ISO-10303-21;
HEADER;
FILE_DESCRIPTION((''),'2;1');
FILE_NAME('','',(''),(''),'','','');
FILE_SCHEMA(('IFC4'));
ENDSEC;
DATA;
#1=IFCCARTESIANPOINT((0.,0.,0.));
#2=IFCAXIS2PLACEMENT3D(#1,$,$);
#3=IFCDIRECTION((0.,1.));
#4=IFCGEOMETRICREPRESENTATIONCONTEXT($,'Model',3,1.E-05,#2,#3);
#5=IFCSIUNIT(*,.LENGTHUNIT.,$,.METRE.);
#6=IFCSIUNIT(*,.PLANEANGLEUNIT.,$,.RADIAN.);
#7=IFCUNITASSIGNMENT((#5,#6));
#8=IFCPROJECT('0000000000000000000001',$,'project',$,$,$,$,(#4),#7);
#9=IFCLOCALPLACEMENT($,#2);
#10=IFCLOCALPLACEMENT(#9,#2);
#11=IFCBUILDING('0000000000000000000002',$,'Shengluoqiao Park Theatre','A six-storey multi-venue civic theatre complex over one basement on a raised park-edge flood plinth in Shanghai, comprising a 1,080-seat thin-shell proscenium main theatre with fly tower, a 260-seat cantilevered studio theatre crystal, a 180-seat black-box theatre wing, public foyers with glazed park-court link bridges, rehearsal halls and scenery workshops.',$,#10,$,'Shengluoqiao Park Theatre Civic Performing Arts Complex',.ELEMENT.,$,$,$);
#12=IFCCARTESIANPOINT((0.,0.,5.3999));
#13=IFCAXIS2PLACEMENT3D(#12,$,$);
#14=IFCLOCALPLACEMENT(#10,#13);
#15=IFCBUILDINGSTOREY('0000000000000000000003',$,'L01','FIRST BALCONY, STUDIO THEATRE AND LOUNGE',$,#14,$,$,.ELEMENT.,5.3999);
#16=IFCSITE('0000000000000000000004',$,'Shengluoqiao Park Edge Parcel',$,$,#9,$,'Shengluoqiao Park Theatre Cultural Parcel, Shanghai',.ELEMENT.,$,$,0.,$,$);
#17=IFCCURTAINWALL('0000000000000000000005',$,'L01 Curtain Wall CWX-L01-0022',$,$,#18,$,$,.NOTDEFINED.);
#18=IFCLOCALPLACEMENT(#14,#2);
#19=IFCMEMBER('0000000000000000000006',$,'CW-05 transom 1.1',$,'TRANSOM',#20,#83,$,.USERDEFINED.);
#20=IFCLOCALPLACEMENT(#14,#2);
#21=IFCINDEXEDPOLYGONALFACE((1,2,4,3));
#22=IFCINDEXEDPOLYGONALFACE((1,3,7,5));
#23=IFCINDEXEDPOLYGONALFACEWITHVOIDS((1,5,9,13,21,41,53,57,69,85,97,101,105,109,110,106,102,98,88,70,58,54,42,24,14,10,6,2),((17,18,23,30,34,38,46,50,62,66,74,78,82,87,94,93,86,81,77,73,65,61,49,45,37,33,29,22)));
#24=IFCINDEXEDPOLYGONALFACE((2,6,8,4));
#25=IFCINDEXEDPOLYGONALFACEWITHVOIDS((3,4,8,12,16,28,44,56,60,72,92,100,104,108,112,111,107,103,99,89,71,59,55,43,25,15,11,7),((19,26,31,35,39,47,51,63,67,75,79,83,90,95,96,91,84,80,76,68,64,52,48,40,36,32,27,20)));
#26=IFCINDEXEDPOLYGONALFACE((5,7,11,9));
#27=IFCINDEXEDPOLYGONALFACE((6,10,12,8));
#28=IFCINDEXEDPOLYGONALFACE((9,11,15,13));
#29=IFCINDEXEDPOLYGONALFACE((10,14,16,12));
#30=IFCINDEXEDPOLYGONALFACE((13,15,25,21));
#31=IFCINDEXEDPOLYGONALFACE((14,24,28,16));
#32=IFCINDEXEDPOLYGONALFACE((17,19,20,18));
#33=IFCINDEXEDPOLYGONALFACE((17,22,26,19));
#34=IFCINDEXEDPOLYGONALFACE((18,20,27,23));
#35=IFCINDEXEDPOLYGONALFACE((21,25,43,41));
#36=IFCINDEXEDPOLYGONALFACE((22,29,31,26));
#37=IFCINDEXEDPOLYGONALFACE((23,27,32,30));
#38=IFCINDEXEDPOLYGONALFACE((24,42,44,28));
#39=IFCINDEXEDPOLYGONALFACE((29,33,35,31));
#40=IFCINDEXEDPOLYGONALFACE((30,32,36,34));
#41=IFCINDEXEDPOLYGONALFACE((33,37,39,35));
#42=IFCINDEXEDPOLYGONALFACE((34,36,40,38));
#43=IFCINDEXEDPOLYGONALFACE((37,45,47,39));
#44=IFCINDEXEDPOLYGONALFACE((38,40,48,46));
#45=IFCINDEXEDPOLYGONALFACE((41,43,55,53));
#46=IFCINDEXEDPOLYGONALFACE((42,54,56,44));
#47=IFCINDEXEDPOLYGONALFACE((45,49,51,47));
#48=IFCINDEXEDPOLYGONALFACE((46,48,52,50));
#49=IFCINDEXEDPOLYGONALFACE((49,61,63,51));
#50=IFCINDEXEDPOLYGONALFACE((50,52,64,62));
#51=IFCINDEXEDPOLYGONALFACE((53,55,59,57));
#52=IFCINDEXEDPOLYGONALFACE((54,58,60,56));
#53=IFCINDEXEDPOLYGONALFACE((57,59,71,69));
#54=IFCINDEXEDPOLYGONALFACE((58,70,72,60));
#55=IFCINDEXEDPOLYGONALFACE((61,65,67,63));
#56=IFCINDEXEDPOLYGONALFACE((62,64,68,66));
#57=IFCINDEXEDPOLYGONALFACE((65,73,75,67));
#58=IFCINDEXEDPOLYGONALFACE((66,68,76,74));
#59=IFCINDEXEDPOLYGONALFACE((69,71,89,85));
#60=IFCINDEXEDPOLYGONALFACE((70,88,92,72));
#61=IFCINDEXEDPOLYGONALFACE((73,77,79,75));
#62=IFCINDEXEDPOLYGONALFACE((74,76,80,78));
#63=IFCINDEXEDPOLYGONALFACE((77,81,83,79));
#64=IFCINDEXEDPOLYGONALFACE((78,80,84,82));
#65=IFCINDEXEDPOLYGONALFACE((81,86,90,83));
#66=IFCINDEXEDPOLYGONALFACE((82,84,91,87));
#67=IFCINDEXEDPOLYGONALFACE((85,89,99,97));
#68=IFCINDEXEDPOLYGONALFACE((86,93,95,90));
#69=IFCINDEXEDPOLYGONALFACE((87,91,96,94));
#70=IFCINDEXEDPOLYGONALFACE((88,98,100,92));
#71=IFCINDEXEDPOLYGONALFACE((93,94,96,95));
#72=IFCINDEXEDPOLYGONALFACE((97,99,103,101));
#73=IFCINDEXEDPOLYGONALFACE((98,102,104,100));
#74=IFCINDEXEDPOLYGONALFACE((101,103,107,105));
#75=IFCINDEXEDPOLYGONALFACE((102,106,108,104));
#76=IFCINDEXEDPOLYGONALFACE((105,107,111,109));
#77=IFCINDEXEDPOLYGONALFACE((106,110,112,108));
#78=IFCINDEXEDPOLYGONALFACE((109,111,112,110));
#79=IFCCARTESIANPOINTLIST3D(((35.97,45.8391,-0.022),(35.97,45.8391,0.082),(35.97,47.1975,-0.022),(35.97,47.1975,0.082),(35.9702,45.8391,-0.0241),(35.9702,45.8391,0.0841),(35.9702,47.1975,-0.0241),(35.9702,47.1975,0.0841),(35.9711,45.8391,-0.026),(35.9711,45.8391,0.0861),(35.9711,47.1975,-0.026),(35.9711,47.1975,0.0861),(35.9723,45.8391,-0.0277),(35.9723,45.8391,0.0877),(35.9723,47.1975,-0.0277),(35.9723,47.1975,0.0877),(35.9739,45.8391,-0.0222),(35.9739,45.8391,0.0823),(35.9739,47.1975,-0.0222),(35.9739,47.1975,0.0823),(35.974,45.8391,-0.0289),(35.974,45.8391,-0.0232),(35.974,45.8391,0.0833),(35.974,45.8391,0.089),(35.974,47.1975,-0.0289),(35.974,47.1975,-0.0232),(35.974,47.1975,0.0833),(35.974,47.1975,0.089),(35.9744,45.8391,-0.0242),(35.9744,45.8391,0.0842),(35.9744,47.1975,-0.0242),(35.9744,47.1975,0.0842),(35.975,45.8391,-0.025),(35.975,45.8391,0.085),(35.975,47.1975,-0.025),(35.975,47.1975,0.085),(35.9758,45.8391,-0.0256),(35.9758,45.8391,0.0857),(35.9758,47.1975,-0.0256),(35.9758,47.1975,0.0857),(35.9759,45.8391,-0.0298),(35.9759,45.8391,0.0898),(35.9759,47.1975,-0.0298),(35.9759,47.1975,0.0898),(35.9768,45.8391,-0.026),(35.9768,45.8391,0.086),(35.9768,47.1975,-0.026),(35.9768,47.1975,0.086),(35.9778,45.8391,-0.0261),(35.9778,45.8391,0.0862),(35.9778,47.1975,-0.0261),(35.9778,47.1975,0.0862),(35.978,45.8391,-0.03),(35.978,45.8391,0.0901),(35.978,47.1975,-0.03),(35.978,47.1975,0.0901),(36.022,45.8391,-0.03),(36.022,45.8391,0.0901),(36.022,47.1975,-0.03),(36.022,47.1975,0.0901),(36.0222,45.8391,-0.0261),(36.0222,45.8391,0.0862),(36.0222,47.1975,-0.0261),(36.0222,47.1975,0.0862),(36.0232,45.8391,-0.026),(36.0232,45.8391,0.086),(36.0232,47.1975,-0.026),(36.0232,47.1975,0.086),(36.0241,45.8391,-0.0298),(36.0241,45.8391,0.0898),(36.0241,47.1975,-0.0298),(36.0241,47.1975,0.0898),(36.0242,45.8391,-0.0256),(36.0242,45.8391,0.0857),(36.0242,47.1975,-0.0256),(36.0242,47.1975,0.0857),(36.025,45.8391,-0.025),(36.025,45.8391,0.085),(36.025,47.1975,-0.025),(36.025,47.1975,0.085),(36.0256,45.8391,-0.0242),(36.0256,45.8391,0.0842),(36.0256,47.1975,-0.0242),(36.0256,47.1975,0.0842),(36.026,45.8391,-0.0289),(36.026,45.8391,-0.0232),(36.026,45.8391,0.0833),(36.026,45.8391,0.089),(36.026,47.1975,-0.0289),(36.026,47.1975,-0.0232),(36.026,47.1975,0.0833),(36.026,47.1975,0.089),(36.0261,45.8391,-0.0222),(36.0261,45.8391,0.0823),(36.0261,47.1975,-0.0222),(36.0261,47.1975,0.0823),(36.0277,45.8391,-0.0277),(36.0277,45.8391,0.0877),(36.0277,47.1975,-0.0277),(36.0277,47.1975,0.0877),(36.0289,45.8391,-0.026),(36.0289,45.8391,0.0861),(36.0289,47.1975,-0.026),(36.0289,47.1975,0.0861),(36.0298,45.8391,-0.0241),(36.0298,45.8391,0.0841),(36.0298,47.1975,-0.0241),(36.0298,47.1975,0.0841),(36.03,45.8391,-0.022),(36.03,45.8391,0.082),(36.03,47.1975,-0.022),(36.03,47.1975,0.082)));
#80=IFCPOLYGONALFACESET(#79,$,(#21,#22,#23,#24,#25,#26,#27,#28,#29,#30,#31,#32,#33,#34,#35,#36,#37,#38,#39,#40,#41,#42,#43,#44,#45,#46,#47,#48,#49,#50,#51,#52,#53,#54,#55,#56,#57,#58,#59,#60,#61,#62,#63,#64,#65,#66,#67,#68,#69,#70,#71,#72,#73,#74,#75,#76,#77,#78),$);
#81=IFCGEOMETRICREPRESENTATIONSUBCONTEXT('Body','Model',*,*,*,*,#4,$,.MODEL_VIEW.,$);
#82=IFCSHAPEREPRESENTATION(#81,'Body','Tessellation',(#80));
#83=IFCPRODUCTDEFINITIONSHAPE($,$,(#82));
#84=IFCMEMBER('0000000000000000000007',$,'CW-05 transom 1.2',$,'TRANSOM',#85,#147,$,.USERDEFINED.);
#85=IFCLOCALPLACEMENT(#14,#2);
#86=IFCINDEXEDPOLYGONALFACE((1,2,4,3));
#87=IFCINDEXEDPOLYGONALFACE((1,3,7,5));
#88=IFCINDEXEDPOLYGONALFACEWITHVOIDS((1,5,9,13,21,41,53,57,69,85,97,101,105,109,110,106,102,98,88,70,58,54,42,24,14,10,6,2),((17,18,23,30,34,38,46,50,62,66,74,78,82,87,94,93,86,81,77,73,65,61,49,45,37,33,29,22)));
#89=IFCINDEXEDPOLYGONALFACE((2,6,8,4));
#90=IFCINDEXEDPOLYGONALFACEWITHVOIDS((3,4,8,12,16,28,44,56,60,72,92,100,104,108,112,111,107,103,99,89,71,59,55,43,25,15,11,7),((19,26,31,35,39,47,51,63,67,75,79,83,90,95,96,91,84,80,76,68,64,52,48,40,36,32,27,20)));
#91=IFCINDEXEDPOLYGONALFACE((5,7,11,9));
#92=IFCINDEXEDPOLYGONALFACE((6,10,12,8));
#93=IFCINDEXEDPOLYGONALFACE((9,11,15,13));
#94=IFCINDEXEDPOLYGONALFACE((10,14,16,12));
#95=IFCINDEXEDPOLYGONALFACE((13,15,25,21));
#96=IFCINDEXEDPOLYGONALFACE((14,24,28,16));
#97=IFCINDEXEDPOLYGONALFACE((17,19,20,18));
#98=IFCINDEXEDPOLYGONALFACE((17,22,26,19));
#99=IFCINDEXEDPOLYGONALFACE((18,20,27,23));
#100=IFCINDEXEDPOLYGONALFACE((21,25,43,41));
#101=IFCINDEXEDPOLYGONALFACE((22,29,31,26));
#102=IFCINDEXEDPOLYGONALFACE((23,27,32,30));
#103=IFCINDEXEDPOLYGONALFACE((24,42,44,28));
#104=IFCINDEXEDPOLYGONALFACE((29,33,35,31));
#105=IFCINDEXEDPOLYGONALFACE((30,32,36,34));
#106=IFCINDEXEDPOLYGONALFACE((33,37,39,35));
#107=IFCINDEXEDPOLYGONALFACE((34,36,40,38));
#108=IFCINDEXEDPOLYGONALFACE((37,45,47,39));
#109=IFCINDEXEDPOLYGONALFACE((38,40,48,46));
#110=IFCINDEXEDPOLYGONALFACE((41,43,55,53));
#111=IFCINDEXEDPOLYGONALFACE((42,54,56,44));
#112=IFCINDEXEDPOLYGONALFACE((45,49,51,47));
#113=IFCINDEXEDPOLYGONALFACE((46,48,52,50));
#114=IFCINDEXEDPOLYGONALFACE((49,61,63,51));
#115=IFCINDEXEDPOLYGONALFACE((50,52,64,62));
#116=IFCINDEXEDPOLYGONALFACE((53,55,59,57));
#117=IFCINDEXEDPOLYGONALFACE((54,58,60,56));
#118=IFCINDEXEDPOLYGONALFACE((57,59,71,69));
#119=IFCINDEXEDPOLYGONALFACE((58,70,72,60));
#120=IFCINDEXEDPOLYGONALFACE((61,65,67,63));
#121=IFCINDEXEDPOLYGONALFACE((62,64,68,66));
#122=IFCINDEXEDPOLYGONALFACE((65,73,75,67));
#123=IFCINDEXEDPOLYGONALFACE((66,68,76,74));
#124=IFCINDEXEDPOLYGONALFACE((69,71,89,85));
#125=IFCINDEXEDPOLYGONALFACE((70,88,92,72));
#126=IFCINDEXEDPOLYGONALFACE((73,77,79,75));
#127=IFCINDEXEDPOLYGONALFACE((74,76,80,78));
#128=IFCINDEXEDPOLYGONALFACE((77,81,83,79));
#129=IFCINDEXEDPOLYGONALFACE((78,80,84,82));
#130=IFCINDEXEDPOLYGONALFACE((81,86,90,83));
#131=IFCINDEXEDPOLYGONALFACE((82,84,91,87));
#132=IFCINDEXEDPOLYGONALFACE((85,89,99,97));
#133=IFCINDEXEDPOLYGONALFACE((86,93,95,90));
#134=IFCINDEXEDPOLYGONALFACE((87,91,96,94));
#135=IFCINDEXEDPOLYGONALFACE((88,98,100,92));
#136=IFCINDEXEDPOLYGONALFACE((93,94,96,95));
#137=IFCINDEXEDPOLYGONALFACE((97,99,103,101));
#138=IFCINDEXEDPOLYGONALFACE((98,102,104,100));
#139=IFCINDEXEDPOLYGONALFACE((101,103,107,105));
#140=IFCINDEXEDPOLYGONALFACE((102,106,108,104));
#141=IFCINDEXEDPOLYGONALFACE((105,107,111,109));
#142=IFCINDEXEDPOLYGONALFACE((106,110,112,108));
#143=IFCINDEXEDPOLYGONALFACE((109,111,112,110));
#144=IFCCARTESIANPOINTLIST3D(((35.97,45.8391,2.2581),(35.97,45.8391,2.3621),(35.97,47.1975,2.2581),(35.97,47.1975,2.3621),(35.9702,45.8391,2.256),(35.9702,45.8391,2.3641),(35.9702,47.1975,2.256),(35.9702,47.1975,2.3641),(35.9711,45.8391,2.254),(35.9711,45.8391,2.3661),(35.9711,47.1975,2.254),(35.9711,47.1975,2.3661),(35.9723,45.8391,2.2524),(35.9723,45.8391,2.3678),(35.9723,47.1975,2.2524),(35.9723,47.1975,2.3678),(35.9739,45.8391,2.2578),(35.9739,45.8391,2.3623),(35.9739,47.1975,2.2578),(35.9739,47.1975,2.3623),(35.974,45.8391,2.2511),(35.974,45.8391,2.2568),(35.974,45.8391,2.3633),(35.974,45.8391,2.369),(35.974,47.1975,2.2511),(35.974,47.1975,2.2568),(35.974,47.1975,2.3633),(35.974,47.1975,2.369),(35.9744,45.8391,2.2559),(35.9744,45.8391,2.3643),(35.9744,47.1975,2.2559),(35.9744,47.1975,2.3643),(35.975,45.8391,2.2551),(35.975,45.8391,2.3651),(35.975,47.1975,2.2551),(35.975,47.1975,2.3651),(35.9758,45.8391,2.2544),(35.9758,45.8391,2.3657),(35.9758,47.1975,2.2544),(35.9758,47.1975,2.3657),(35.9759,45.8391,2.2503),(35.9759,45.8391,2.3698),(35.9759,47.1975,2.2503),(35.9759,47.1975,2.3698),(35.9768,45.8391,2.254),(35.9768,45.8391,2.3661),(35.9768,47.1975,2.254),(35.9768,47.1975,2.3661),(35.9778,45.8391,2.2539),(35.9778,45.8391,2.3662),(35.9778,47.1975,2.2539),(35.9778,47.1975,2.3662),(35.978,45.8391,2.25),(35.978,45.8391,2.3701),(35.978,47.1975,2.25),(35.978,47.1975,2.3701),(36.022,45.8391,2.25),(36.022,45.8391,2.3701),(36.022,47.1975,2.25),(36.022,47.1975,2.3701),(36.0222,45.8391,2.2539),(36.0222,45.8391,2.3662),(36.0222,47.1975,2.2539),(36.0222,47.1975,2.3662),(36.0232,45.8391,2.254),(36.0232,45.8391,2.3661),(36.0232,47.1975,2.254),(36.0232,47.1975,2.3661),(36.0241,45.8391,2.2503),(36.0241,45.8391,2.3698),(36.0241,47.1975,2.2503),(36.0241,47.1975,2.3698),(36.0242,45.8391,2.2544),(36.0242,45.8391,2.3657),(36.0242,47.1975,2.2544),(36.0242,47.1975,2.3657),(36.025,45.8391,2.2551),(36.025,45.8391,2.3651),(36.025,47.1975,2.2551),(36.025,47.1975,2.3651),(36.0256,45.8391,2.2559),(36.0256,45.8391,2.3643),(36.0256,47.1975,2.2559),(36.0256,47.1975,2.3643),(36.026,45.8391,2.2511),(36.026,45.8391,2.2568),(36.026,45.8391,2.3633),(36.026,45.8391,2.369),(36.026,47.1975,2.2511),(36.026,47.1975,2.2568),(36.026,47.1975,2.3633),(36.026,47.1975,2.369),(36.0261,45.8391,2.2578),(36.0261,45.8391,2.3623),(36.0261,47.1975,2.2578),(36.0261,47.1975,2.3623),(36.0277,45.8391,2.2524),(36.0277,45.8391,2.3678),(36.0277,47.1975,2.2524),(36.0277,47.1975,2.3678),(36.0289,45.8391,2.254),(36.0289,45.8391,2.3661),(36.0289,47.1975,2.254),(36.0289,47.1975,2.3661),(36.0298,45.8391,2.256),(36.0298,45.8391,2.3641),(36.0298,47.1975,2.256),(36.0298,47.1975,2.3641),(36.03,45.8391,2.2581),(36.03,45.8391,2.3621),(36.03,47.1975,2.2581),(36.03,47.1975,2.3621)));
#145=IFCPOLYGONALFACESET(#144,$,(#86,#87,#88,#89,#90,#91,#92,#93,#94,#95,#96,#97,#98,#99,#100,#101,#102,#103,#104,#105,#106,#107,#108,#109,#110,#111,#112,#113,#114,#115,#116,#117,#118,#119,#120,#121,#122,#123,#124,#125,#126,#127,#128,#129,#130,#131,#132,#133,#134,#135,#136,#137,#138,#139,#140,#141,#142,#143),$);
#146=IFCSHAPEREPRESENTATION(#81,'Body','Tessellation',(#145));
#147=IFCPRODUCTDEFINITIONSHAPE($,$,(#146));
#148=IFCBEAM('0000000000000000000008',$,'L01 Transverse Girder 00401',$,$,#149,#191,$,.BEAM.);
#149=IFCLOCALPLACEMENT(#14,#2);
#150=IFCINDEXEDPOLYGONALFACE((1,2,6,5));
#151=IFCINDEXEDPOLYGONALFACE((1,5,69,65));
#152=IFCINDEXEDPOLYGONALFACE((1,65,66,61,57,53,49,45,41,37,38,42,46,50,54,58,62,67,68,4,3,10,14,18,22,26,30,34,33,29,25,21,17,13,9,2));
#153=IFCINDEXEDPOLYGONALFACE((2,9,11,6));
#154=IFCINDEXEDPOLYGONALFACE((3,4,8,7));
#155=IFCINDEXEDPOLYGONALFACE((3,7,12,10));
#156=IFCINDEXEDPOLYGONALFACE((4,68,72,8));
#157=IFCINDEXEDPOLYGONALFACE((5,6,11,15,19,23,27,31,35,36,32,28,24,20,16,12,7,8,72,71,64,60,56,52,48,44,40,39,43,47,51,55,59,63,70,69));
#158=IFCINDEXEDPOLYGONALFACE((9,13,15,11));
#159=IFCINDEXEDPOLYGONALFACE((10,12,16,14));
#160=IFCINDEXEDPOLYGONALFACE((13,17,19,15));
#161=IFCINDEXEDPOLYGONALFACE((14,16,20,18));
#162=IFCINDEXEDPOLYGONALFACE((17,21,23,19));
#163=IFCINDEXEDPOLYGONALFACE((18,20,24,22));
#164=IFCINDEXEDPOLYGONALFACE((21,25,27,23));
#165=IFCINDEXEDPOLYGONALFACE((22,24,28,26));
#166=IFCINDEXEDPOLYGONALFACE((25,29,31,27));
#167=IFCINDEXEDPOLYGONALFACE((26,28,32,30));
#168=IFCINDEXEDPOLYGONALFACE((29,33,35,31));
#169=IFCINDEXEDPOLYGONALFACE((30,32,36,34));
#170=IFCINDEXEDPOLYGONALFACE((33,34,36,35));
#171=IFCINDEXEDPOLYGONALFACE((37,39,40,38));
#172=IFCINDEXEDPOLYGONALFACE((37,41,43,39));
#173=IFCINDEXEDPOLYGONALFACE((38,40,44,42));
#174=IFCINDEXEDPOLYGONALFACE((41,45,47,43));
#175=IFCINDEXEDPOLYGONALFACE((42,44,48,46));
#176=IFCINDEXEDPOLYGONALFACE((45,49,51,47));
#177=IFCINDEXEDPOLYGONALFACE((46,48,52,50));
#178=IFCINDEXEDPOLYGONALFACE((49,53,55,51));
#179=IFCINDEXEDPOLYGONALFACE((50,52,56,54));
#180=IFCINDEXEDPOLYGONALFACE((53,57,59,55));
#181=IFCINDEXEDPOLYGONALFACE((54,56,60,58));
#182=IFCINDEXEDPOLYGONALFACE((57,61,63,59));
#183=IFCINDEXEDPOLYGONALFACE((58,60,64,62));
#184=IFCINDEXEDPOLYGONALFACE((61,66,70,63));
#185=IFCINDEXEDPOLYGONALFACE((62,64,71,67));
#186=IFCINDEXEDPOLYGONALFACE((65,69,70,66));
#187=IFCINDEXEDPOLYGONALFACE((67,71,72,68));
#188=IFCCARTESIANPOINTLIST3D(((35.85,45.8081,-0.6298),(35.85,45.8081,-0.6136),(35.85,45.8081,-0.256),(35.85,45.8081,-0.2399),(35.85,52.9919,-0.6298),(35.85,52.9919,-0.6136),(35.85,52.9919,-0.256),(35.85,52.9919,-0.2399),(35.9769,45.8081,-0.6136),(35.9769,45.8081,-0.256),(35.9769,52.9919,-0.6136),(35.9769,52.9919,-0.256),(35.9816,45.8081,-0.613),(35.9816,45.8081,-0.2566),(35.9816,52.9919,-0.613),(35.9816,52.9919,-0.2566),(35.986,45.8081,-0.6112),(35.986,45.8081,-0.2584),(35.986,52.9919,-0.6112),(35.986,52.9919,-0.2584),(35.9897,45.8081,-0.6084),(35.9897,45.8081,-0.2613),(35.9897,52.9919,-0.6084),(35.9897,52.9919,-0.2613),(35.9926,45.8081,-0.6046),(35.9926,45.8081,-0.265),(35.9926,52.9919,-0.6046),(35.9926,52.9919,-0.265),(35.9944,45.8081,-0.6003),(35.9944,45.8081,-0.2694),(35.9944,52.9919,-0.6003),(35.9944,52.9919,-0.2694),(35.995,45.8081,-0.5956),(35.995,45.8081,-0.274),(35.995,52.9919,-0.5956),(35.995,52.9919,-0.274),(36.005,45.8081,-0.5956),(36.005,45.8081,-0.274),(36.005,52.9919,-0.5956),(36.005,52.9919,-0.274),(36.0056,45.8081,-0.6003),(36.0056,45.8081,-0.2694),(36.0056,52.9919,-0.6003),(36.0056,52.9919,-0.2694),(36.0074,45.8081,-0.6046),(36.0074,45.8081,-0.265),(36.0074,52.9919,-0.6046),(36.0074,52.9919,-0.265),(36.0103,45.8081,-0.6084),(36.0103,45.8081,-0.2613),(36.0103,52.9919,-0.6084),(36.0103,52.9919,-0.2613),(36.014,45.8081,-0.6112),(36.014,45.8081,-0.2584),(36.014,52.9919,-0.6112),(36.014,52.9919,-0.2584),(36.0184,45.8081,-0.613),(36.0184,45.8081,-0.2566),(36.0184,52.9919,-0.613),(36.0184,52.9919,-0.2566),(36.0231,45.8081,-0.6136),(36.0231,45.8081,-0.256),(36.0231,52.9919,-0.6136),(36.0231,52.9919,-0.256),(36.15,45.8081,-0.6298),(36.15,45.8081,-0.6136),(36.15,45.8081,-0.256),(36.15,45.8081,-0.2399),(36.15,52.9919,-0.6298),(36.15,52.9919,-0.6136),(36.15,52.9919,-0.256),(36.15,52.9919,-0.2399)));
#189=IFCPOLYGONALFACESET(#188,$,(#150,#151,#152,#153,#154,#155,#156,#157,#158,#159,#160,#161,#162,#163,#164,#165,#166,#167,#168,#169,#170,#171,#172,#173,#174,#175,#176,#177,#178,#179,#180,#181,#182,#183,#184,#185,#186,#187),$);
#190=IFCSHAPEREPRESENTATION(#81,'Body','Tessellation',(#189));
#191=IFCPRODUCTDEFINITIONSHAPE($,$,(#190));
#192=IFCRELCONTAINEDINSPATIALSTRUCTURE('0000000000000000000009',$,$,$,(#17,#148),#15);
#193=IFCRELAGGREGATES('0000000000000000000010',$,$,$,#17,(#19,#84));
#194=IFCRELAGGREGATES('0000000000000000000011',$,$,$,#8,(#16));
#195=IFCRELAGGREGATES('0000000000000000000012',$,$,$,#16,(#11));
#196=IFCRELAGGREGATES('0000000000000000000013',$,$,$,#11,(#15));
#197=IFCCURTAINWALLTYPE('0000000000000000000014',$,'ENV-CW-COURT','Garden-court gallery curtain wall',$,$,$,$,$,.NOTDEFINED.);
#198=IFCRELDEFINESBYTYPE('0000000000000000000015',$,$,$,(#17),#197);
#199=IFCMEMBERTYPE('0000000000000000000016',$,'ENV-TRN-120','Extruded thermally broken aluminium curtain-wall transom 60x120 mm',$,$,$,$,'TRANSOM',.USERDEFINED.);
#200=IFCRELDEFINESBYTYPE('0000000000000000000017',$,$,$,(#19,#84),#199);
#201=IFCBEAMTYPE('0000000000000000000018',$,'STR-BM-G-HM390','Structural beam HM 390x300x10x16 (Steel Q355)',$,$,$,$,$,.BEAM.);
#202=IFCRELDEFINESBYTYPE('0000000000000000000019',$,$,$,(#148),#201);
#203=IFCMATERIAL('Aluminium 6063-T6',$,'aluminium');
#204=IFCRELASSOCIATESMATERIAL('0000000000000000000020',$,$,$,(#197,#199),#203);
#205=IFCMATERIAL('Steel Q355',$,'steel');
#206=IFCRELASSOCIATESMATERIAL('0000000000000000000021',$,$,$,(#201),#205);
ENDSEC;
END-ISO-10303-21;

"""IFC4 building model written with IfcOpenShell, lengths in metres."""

from ifc_helpers import new_model, si_unit, direction, frame, origin, origin_2d, place, context, subcontext, project, spatial, hollow_rectangle, i_section, extrude, material, material_profile, profile_set, type_object, element, aggregate, save


model = new_model("IFC4")

# Units and contexts
model_context = context("Model", 3, precision=1e-05, world=origin(), true_north=direction((0.0, 1.0)))
body_context = subcontext(model_context, "Body", "Model", "MODEL_VIEW")
ifc_project = project(units=[si_unit("LENGTHUNIT", "METRE"), si_unit("PLANEANGLEUNIT", "RADIAN")], contexts=[model_context])

# Site, building, storey
site_placement = place(None, origin())
site = spatial("IfcSite", under=ifc_project, at=site_placement, Name="Shengluoqiao Park Edge Parcel", LongName="Shengluoqiao Park Theatre Cultural Parcel, Shanghai", CompositionType="ELEMENT", RefElevation=0.0)
building_placement = place(site_placement, origin())
building = spatial("IfcBuilding", under=site, at=building_placement, Name="Shengluoqiao Park Theatre", Description="A six-storey multi-venue civic theatre complex over one basement on a raised park-edge flood plinth in Shanghai, comprising a 1,080-seat thin-shell proscenium main theatre with fly tower, a 260-seat cantilevered studio theatre crystal, a 180-seat black-box theatre wing, public foyers with glazed park-court link bridges, rehearsal halls and scenery workshops.", LongName="Shengluoqiao Park Theatre Civic Performing Arts Complex", CompositionType="ELEMENT")
storey_placement = place(building_placement, frame((0.0, 0.0, 5.3999)))
storey = spatial("IfcBuildingStorey", under=building, at=storey_placement, Name="L01", Description="FIRST BALCONY, STUDIO THEATRE AND LOUNGE", CompositionType="ELEMENT", Elevation=5.3999)

# Shared definitions
ifc_material_1 = material(Name="Steel Q355", Category="steel")

# Shared definitions
ifc_material_2 = material(Name="Aluminium 6063-T6", Category="aluminium")
curtain_wall_type = type_object("IfcCurtainWallType", Name="ENV-CW-COURT", Description="Garden-court gallery curtain wall", PredefinedType="NOTDEFINED", material=ifc_material_2)

# Curtain wall
curtain_wall_1_placement = place(storey_placement, origin())
curtain_wall_1 = element("IfcCurtainWall", 1, at=curtain_wall_1_placement, inside=storey, type_object=curtain_wall_type, Name="L01 Curtain Wall CWX-L01-0022", PredefinedType="NOTDEFINED")

# Members
ifc_material_profile_1 = material_profile(ifc_material_2, hollow_rectangle(XDim=0.0601, YDim=0.1201, WallThickness=0.0039, InnerFilletRadius=0.0039, OuterFilletRadius=0.0081, at=origin_2d()), Name="ALU TRANSOM 120x60x4")
ifc_profile_set_1 = profile_set([ifc_material_profile_1], Name="Aluminium 6063-T6")
member_type_1 = type_object("IfcMemberType", Name="ENV-TRN-120", Description="Extruded thermally broken aluminium curtain-wall transom 60x120 mm", ElementType="TRANSOM", PredefinedType="USERDEFINED", material=ifc_profile_set_1)
member_1_placement = place(storey_placement, frame((36.0, 45.8391, 0.03), z_axis=(0.0, 1.0, 0.0), x_axis=(-1.0, 0.0, 0.0)))
member_1 = element("IfcMember", 2, at=member_1_placement, type_object=member_type_1, Name="CW-05 transom 1.1", ObjectType="TRANSOM", PredefinedType="USERDEFINED", context=body_context, shape_type="SweptSolid", body=[
    extrude(hollow_rectangle(XDim=0.0601, YDim=0.1201, WallThickness=0.0039, InnerFilletRadius=0.0039, OuterFilletRadius=0.0081, at=origin_2d()), origin(), (0.0, 0.0, 1.0), 1.3584),
])
member_2_placement = place(storey_placement, frame((36.0, 45.8391, 2.3101), z_axis=(0.0, 1.0, 0.0), x_axis=(-1.0, 0.0, 0.0)))
member_2 = element("IfcMember", 3, at=member_2_placement, type_object=member_type_1, Name="CW-05 transom 1.2", ObjectType="TRANSOM", PredefinedType="USERDEFINED", context=body_context, shape_type="SweptSolid", body=[
    extrude(hollow_rectangle(XDim=0.0601, YDim=0.1201, WallThickness=0.0039, InnerFilletRadius=0.0039, OuterFilletRadius=0.0081, at=origin_2d()), origin(), (0.0, 0.0, 1.0), 1.3584),
])
aggregate(curtain_wall_1, [member_1, member_2])

# Beam
ifc_material_profile_2 = material_profile(ifc_material_1, i_section(OverallWidth=0.3, OverallDepth=0.3899, WebThickness=0.01, FlangeThickness=0.0161, FilletRadius=0.0181, at=origin_2d()), Name="HM 390x300x10x16")
ifc_profile_set_2 = profile_set([ifc_material_profile_2], Name="Steel Q355")
beam_type = type_object("IfcBeamType", Name="STR-BM-G-HM390", Description="Structural beam HM 390x300x10x16 (Steel Q355)", PredefinedType="BEAM", material=ifc_profile_set_2)
beam_placement = place(storey_placement, frame((36.0, 45.8081, -0.4348), z_axis=(0.0, 1.0, 0.0), x_axis=(-1.0, 0.0, 0.0)))
element("IfcBeam", 4, at=beam_placement, inside=storey, type_object=beam_type, Name="L01 Transverse Girder 00401", PredefinedType="BEAM", context=body_context, shape_type="SweptSolid", body=[
    extrude(i_section(OverallWidth=0.3, OverallDepth=0.3899, WebThickness=0.01, FlangeThickness=0.0161, FilletRadius=0.0181, at=origin_2d()), origin(), (0.0, 0.0, 1.0), 7.1838),
])

save(model, "model.ifc")
